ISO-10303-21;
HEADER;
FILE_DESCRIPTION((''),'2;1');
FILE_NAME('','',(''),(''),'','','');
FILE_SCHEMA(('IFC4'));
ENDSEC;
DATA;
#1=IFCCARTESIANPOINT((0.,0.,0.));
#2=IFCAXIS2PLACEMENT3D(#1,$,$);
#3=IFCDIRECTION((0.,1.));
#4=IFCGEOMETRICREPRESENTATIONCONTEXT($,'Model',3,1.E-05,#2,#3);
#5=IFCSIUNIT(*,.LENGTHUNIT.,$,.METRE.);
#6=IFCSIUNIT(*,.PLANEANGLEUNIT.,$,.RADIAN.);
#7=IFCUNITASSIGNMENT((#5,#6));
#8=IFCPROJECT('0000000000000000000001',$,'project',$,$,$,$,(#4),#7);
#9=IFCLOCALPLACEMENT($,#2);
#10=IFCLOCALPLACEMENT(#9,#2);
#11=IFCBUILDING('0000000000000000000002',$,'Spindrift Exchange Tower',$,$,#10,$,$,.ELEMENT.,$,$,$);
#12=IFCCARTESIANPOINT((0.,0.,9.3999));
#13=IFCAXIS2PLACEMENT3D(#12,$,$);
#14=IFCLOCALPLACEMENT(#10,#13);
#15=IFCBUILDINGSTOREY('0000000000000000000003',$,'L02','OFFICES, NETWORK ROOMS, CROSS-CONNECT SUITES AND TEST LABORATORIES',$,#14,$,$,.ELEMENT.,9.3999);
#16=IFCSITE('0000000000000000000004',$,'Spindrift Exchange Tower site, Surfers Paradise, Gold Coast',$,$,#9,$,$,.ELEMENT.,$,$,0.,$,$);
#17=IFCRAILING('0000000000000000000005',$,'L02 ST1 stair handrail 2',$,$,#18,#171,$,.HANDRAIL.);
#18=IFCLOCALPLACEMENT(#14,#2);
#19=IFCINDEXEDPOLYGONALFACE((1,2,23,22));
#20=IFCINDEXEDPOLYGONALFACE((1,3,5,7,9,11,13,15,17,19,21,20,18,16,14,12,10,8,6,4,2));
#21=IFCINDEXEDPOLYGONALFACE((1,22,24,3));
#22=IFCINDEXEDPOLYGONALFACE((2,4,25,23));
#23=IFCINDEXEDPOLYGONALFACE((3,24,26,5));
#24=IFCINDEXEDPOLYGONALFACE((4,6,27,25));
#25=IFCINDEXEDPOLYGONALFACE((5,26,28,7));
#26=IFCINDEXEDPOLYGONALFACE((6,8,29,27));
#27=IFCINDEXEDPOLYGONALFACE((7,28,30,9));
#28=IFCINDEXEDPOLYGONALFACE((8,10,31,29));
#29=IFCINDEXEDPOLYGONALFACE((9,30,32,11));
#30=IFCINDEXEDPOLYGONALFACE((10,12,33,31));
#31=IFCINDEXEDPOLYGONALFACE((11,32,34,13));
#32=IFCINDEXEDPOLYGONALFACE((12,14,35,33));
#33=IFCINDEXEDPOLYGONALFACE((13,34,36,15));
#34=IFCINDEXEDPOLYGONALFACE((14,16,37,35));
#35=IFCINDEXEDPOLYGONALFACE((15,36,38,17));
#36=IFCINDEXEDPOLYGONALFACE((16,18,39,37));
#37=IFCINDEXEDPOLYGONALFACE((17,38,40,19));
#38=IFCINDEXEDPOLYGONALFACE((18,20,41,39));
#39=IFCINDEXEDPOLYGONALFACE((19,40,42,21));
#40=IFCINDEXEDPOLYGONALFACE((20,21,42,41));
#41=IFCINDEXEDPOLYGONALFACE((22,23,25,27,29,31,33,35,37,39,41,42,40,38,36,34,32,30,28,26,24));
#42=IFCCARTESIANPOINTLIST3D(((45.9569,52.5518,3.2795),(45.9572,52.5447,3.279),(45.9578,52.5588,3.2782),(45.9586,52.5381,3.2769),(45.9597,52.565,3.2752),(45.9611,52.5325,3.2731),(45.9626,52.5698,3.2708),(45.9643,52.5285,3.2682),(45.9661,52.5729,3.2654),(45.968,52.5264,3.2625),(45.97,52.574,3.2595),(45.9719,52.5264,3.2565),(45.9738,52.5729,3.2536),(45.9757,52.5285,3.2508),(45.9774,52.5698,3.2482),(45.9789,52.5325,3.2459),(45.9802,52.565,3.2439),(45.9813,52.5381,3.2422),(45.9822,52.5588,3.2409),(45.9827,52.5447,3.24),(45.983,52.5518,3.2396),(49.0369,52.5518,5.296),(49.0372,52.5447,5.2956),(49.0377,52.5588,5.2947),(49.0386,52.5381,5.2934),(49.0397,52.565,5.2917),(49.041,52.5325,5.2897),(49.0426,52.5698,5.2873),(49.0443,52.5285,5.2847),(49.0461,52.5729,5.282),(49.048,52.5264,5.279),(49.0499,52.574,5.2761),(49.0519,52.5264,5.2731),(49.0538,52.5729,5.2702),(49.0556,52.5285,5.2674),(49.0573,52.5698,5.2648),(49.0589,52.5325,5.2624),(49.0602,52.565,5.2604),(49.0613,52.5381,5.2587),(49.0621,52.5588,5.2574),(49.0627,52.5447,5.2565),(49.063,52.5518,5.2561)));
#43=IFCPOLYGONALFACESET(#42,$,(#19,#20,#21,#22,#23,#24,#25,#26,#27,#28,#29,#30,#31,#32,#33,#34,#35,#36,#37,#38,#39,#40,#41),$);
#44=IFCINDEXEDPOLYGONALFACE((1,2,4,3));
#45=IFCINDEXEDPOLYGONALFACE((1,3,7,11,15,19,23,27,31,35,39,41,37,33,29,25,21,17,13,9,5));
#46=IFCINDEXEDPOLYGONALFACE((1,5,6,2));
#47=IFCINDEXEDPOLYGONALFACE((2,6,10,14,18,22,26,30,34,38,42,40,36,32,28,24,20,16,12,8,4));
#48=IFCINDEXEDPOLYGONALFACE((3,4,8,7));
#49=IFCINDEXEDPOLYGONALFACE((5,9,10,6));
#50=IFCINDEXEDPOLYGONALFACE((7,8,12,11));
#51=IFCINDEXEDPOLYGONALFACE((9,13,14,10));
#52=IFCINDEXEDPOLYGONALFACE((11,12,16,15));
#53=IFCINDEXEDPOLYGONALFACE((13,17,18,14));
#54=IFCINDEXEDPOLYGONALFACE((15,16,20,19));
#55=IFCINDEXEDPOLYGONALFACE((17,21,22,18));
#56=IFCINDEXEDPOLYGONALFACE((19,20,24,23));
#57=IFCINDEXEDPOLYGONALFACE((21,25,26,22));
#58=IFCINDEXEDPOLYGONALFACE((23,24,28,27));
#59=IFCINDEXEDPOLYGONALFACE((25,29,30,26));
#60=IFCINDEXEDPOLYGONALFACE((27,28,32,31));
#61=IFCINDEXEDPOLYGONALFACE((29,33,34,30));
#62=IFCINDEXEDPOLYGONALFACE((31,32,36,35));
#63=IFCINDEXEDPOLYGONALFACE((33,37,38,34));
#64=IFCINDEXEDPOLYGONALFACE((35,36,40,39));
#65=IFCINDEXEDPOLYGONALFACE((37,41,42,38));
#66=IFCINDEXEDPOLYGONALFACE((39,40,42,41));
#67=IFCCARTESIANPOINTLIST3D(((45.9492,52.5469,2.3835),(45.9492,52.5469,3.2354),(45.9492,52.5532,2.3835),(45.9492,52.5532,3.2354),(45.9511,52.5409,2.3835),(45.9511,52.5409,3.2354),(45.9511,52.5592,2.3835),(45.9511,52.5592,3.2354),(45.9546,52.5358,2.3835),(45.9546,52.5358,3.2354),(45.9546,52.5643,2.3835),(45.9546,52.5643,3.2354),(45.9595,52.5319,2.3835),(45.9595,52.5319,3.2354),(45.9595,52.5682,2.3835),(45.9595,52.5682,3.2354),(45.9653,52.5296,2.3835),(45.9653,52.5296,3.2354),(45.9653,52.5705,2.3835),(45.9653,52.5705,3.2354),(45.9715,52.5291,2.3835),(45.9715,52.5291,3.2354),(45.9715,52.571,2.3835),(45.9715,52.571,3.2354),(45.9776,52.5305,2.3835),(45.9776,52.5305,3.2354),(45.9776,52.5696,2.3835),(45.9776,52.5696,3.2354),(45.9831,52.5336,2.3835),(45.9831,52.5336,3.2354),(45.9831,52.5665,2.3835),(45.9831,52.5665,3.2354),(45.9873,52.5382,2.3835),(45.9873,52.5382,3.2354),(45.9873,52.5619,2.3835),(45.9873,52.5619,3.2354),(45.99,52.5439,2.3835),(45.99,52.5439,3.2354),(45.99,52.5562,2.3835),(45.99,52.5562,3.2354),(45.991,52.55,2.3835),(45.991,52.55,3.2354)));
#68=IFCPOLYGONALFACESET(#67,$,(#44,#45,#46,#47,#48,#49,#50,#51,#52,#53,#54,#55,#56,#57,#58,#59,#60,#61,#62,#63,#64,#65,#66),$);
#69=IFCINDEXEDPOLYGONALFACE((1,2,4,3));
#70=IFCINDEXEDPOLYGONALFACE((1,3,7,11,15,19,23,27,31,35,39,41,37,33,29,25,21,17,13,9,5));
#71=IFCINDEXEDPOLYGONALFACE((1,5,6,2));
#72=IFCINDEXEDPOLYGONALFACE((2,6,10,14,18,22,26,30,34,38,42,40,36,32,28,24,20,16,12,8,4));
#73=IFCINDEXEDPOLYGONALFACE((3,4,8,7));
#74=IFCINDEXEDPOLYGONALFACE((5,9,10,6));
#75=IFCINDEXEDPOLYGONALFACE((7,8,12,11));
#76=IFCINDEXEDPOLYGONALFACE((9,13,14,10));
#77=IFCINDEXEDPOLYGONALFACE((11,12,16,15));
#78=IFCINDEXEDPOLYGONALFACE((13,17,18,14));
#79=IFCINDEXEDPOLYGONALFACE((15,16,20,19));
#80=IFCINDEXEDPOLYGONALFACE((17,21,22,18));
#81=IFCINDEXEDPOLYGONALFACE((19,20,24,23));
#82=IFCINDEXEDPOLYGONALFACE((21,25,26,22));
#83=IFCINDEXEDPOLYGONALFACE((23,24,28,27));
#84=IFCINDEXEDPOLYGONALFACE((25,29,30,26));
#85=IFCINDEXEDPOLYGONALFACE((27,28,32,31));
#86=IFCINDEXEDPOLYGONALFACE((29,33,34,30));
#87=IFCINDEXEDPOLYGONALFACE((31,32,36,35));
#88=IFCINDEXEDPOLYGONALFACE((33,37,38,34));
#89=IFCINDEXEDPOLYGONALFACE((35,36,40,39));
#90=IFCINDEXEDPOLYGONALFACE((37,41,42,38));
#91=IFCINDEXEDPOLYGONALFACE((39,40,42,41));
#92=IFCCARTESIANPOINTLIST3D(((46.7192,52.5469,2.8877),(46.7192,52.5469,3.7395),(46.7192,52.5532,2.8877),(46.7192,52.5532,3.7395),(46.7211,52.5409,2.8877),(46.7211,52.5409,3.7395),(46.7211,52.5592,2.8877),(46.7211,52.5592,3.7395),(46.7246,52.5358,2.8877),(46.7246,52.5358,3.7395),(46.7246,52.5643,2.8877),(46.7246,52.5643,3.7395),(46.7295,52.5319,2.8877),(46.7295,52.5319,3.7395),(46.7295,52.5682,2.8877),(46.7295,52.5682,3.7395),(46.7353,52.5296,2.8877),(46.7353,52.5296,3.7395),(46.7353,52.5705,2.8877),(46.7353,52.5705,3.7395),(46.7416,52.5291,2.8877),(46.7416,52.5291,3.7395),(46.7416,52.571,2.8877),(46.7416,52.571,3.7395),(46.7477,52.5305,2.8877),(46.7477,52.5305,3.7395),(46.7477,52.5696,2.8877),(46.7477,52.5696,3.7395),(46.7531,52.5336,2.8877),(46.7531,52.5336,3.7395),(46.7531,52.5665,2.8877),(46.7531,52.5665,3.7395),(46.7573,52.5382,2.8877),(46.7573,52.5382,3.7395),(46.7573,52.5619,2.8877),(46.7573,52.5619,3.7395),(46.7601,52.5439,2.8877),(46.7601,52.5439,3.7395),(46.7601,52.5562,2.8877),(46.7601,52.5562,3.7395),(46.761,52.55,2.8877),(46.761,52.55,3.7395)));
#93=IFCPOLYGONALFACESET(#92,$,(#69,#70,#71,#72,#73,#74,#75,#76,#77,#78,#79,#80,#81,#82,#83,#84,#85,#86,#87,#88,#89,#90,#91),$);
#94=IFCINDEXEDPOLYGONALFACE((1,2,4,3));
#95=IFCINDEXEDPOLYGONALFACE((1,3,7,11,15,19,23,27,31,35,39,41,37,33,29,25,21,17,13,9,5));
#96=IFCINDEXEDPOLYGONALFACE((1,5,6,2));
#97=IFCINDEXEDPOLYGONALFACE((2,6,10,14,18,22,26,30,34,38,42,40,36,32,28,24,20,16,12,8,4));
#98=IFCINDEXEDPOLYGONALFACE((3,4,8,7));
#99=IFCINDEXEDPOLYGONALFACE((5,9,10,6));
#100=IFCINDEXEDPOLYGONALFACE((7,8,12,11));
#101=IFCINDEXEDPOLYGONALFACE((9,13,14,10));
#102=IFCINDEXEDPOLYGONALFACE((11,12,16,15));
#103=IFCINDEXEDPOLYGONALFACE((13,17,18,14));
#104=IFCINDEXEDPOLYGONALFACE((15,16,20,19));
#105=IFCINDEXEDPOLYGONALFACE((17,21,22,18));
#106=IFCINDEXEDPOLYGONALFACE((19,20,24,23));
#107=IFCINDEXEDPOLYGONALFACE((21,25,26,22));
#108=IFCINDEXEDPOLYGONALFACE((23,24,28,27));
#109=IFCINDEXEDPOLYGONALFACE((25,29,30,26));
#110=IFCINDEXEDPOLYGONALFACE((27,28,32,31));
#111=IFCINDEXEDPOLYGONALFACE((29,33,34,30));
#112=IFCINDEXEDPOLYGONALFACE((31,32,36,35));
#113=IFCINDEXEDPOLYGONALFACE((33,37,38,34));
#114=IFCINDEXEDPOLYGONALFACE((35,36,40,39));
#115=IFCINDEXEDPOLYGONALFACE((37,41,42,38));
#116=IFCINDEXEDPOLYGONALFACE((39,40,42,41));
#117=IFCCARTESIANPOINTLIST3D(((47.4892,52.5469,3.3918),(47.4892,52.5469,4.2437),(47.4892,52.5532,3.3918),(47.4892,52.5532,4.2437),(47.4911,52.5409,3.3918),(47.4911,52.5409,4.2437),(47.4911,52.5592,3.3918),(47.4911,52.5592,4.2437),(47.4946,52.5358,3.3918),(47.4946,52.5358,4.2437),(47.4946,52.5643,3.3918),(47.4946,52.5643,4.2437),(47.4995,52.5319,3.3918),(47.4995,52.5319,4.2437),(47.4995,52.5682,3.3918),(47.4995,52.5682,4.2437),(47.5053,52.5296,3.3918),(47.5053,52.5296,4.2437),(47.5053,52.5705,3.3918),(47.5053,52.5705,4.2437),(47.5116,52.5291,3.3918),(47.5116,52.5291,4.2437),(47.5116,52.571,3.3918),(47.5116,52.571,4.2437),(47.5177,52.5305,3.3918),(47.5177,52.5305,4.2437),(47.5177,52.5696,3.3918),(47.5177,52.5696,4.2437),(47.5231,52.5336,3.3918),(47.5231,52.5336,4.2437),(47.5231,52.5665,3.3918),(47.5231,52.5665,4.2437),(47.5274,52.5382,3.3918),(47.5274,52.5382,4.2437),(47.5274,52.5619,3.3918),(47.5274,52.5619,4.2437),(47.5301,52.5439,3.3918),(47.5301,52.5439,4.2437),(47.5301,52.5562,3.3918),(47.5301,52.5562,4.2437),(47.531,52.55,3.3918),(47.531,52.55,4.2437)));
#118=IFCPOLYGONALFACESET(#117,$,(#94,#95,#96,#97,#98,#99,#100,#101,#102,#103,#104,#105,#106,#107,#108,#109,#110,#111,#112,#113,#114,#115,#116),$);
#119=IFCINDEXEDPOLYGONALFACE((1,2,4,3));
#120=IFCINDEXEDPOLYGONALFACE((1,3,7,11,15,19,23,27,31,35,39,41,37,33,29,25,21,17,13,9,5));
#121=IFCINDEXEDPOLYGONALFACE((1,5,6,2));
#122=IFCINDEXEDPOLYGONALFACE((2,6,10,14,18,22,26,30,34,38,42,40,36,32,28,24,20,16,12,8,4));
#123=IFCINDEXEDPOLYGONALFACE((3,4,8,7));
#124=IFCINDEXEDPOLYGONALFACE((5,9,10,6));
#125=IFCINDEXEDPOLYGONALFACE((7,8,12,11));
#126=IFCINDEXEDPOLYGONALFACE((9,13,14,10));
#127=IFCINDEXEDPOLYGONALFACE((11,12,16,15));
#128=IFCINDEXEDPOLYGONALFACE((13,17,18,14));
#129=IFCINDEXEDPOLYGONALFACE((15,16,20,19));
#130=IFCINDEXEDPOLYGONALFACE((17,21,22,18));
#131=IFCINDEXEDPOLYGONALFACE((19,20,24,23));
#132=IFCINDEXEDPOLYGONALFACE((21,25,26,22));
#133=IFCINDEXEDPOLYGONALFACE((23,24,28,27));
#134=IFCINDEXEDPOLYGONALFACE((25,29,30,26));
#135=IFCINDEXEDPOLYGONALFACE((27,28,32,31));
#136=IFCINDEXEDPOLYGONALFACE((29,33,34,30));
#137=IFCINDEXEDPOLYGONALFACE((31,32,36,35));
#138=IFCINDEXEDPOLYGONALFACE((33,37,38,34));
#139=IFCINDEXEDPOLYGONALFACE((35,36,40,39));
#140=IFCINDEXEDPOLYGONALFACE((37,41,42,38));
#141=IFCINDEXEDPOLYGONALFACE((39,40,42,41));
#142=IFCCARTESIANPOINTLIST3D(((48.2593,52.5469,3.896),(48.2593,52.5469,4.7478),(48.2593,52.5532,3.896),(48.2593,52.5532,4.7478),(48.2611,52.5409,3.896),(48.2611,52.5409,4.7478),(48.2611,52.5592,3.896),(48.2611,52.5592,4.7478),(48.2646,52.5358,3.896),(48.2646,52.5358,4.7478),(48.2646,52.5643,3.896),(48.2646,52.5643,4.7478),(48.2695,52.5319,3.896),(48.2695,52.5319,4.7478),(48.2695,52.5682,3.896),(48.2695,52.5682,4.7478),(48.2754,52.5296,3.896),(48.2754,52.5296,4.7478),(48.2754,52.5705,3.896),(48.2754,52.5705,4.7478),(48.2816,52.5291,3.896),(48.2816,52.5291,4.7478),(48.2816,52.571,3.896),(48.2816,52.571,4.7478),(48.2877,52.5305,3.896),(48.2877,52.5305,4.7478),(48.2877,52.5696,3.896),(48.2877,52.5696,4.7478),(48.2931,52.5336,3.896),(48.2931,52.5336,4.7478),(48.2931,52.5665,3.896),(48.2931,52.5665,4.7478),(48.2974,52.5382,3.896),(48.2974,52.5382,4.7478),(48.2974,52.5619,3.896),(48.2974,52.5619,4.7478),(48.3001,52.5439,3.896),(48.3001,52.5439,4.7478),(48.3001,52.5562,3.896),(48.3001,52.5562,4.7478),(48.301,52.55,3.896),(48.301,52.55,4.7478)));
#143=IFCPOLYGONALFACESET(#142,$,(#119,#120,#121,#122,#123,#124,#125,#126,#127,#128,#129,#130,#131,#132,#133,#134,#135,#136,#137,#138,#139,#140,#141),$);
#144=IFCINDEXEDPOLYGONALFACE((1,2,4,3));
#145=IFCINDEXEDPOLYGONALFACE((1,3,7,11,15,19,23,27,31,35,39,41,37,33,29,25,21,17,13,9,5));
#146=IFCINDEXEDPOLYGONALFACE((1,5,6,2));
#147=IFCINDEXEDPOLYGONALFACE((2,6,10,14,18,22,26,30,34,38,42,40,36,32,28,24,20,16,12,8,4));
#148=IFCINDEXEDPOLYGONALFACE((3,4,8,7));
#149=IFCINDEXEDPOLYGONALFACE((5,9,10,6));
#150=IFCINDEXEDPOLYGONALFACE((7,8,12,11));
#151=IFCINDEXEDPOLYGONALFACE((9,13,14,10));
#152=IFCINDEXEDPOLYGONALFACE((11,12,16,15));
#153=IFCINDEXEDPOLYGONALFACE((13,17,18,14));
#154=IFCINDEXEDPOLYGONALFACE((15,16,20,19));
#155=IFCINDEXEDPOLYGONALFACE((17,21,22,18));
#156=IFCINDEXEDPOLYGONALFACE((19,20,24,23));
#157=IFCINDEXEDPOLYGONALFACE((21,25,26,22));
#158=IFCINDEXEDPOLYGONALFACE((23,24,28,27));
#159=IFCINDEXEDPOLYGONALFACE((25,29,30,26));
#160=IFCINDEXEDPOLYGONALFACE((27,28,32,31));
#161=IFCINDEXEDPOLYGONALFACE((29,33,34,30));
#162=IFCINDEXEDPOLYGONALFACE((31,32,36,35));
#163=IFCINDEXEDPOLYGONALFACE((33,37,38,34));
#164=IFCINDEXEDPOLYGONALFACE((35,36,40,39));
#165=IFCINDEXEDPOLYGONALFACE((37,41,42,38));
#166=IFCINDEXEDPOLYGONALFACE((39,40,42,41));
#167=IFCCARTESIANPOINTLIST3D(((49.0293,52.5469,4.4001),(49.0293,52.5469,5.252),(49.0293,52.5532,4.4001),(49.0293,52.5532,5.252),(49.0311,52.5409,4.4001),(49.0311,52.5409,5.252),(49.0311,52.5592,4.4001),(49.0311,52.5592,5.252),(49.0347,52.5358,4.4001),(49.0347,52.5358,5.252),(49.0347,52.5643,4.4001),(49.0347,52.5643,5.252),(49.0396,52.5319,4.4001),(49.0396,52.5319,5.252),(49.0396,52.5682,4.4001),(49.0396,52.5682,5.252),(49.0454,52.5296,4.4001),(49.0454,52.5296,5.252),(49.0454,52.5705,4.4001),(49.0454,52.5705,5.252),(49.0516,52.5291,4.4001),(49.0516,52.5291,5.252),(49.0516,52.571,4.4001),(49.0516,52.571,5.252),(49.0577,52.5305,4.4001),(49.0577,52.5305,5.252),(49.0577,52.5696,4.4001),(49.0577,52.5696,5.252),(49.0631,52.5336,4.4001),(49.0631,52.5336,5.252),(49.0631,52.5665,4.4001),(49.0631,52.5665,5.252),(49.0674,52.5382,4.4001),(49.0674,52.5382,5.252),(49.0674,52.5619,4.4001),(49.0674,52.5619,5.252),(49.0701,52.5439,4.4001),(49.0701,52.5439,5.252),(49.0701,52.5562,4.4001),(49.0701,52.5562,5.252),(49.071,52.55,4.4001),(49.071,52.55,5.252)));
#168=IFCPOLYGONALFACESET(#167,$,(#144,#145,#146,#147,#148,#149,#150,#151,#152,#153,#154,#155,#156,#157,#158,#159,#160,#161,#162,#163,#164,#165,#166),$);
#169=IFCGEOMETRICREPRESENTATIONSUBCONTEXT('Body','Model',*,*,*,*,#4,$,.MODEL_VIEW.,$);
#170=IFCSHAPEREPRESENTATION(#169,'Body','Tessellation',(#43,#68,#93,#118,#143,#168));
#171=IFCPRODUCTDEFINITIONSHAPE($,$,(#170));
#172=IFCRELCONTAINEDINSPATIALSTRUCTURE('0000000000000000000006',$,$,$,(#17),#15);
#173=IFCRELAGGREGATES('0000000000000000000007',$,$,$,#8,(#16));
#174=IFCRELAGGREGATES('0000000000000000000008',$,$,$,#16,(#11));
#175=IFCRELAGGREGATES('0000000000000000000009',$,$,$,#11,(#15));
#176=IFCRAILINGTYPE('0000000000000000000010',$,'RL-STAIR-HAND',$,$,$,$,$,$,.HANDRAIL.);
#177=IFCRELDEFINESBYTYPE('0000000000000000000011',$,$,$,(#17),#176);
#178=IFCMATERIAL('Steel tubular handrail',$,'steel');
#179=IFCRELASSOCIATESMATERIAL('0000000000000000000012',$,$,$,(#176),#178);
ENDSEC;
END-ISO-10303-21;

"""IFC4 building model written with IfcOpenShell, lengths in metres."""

from ifc_helpers import new_model, si_unit, direction, frame, origin, origin_2d, place, context, subcontext, project, spatial, circle, extrude, material, type_object, element, save


model = new_model("IFC4")

# Units and contexts
model_context = context("Model", 3, precision=1e-05, world=origin(), true_north=direction((0.0, 1.0)))
body_context = subcontext(model_context, "Body", "Model", "MODEL_VIEW")
ifc_project = project(units=[si_unit("LENGTHUNIT", "METRE"), si_unit("PLANEANGLEUNIT", "RADIAN")], contexts=[model_context])

# Site, building, storey
site_placement = place(None, origin())
site = spatial("IfcSite", under=ifc_project, at=site_placement, Name="Spindrift Exchange Tower site, Surfers Paradise, Gold Coast", CompositionType="ELEMENT", RefElevation=0.0)
building_placement = place(site_placement, origin())
building = spatial("IfcBuilding", under=site, at=building_placement, Name="Spindrift Exchange Tower", CompositionType="ELEMENT")
storey_placement = place(building_placement, frame((0.0, 0.0, 9.3999)))
storey = spatial("IfcBuildingStorey", under=building, at=storey_placement, Name="L02", Description="OFFICES, NETWORK ROOMS, CROSS-CONNECT SUITES AND TEST LABORATORIES", CompositionType="ELEMENT", Elevation=9.3999)

# Railing
ifc_material_1 = material(Name="Steel tubular handrail", Category="steel")
railing_type_1 = type_object("IfcRailingType", Name="RL-STAIR-HAND", PredefinedType="HANDRAIL", material=ifc_material_1)
railing_1_placement = place(storey_placement, frame((45.97, 52.55, 2.3835)))
element("IfcRailing", 1, at=railing_1_placement, inside=storey, type_object=railing_type_1, Name="L02 ST1 stair handrail 2", PredefinedType="HANDRAIL", context=body_context, shape_type="SweptSolid", body=[
    extrude(circle(Radius=0.0239, at=origin_2d()), frame((0.0, 0.0, 0.876), z_axis=(0.836633, 0.0, 0.547764), x_axis=(0.0, 1.0, 0.0)), (0.0, 0.0, 1.0), 3.6814),
    extrude(circle(Radius=0.021, at=origin_2d()), origin(), (0.0, 0.0, 1.0), 0.8518),
    extrude(circle(Radius=0.021, at=origin_2d()), frame((0.77, 0.0, 0.5042)), (0.0, 0.0, 1.0), 0.8518),
    extrude(circle(Radius=0.021, at=origin_2d()), frame((1.54, 0.0, 1.0083)), (0.0, 0.0, 1.0), 0.8518),
    extrude(circle(Radius=0.021, at=origin_2d()), frame((2.3101, 0.0, 1.5125)), (0.0, 0.0, 1.0), 0.8518),
    extrude(circle(Radius=0.021, at=origin_2d()), frame((3.0801, 0.0, 2.0166)), (0.0, 0.0, 1.0), 0.8518),
])

save(model, "model.ifc")
